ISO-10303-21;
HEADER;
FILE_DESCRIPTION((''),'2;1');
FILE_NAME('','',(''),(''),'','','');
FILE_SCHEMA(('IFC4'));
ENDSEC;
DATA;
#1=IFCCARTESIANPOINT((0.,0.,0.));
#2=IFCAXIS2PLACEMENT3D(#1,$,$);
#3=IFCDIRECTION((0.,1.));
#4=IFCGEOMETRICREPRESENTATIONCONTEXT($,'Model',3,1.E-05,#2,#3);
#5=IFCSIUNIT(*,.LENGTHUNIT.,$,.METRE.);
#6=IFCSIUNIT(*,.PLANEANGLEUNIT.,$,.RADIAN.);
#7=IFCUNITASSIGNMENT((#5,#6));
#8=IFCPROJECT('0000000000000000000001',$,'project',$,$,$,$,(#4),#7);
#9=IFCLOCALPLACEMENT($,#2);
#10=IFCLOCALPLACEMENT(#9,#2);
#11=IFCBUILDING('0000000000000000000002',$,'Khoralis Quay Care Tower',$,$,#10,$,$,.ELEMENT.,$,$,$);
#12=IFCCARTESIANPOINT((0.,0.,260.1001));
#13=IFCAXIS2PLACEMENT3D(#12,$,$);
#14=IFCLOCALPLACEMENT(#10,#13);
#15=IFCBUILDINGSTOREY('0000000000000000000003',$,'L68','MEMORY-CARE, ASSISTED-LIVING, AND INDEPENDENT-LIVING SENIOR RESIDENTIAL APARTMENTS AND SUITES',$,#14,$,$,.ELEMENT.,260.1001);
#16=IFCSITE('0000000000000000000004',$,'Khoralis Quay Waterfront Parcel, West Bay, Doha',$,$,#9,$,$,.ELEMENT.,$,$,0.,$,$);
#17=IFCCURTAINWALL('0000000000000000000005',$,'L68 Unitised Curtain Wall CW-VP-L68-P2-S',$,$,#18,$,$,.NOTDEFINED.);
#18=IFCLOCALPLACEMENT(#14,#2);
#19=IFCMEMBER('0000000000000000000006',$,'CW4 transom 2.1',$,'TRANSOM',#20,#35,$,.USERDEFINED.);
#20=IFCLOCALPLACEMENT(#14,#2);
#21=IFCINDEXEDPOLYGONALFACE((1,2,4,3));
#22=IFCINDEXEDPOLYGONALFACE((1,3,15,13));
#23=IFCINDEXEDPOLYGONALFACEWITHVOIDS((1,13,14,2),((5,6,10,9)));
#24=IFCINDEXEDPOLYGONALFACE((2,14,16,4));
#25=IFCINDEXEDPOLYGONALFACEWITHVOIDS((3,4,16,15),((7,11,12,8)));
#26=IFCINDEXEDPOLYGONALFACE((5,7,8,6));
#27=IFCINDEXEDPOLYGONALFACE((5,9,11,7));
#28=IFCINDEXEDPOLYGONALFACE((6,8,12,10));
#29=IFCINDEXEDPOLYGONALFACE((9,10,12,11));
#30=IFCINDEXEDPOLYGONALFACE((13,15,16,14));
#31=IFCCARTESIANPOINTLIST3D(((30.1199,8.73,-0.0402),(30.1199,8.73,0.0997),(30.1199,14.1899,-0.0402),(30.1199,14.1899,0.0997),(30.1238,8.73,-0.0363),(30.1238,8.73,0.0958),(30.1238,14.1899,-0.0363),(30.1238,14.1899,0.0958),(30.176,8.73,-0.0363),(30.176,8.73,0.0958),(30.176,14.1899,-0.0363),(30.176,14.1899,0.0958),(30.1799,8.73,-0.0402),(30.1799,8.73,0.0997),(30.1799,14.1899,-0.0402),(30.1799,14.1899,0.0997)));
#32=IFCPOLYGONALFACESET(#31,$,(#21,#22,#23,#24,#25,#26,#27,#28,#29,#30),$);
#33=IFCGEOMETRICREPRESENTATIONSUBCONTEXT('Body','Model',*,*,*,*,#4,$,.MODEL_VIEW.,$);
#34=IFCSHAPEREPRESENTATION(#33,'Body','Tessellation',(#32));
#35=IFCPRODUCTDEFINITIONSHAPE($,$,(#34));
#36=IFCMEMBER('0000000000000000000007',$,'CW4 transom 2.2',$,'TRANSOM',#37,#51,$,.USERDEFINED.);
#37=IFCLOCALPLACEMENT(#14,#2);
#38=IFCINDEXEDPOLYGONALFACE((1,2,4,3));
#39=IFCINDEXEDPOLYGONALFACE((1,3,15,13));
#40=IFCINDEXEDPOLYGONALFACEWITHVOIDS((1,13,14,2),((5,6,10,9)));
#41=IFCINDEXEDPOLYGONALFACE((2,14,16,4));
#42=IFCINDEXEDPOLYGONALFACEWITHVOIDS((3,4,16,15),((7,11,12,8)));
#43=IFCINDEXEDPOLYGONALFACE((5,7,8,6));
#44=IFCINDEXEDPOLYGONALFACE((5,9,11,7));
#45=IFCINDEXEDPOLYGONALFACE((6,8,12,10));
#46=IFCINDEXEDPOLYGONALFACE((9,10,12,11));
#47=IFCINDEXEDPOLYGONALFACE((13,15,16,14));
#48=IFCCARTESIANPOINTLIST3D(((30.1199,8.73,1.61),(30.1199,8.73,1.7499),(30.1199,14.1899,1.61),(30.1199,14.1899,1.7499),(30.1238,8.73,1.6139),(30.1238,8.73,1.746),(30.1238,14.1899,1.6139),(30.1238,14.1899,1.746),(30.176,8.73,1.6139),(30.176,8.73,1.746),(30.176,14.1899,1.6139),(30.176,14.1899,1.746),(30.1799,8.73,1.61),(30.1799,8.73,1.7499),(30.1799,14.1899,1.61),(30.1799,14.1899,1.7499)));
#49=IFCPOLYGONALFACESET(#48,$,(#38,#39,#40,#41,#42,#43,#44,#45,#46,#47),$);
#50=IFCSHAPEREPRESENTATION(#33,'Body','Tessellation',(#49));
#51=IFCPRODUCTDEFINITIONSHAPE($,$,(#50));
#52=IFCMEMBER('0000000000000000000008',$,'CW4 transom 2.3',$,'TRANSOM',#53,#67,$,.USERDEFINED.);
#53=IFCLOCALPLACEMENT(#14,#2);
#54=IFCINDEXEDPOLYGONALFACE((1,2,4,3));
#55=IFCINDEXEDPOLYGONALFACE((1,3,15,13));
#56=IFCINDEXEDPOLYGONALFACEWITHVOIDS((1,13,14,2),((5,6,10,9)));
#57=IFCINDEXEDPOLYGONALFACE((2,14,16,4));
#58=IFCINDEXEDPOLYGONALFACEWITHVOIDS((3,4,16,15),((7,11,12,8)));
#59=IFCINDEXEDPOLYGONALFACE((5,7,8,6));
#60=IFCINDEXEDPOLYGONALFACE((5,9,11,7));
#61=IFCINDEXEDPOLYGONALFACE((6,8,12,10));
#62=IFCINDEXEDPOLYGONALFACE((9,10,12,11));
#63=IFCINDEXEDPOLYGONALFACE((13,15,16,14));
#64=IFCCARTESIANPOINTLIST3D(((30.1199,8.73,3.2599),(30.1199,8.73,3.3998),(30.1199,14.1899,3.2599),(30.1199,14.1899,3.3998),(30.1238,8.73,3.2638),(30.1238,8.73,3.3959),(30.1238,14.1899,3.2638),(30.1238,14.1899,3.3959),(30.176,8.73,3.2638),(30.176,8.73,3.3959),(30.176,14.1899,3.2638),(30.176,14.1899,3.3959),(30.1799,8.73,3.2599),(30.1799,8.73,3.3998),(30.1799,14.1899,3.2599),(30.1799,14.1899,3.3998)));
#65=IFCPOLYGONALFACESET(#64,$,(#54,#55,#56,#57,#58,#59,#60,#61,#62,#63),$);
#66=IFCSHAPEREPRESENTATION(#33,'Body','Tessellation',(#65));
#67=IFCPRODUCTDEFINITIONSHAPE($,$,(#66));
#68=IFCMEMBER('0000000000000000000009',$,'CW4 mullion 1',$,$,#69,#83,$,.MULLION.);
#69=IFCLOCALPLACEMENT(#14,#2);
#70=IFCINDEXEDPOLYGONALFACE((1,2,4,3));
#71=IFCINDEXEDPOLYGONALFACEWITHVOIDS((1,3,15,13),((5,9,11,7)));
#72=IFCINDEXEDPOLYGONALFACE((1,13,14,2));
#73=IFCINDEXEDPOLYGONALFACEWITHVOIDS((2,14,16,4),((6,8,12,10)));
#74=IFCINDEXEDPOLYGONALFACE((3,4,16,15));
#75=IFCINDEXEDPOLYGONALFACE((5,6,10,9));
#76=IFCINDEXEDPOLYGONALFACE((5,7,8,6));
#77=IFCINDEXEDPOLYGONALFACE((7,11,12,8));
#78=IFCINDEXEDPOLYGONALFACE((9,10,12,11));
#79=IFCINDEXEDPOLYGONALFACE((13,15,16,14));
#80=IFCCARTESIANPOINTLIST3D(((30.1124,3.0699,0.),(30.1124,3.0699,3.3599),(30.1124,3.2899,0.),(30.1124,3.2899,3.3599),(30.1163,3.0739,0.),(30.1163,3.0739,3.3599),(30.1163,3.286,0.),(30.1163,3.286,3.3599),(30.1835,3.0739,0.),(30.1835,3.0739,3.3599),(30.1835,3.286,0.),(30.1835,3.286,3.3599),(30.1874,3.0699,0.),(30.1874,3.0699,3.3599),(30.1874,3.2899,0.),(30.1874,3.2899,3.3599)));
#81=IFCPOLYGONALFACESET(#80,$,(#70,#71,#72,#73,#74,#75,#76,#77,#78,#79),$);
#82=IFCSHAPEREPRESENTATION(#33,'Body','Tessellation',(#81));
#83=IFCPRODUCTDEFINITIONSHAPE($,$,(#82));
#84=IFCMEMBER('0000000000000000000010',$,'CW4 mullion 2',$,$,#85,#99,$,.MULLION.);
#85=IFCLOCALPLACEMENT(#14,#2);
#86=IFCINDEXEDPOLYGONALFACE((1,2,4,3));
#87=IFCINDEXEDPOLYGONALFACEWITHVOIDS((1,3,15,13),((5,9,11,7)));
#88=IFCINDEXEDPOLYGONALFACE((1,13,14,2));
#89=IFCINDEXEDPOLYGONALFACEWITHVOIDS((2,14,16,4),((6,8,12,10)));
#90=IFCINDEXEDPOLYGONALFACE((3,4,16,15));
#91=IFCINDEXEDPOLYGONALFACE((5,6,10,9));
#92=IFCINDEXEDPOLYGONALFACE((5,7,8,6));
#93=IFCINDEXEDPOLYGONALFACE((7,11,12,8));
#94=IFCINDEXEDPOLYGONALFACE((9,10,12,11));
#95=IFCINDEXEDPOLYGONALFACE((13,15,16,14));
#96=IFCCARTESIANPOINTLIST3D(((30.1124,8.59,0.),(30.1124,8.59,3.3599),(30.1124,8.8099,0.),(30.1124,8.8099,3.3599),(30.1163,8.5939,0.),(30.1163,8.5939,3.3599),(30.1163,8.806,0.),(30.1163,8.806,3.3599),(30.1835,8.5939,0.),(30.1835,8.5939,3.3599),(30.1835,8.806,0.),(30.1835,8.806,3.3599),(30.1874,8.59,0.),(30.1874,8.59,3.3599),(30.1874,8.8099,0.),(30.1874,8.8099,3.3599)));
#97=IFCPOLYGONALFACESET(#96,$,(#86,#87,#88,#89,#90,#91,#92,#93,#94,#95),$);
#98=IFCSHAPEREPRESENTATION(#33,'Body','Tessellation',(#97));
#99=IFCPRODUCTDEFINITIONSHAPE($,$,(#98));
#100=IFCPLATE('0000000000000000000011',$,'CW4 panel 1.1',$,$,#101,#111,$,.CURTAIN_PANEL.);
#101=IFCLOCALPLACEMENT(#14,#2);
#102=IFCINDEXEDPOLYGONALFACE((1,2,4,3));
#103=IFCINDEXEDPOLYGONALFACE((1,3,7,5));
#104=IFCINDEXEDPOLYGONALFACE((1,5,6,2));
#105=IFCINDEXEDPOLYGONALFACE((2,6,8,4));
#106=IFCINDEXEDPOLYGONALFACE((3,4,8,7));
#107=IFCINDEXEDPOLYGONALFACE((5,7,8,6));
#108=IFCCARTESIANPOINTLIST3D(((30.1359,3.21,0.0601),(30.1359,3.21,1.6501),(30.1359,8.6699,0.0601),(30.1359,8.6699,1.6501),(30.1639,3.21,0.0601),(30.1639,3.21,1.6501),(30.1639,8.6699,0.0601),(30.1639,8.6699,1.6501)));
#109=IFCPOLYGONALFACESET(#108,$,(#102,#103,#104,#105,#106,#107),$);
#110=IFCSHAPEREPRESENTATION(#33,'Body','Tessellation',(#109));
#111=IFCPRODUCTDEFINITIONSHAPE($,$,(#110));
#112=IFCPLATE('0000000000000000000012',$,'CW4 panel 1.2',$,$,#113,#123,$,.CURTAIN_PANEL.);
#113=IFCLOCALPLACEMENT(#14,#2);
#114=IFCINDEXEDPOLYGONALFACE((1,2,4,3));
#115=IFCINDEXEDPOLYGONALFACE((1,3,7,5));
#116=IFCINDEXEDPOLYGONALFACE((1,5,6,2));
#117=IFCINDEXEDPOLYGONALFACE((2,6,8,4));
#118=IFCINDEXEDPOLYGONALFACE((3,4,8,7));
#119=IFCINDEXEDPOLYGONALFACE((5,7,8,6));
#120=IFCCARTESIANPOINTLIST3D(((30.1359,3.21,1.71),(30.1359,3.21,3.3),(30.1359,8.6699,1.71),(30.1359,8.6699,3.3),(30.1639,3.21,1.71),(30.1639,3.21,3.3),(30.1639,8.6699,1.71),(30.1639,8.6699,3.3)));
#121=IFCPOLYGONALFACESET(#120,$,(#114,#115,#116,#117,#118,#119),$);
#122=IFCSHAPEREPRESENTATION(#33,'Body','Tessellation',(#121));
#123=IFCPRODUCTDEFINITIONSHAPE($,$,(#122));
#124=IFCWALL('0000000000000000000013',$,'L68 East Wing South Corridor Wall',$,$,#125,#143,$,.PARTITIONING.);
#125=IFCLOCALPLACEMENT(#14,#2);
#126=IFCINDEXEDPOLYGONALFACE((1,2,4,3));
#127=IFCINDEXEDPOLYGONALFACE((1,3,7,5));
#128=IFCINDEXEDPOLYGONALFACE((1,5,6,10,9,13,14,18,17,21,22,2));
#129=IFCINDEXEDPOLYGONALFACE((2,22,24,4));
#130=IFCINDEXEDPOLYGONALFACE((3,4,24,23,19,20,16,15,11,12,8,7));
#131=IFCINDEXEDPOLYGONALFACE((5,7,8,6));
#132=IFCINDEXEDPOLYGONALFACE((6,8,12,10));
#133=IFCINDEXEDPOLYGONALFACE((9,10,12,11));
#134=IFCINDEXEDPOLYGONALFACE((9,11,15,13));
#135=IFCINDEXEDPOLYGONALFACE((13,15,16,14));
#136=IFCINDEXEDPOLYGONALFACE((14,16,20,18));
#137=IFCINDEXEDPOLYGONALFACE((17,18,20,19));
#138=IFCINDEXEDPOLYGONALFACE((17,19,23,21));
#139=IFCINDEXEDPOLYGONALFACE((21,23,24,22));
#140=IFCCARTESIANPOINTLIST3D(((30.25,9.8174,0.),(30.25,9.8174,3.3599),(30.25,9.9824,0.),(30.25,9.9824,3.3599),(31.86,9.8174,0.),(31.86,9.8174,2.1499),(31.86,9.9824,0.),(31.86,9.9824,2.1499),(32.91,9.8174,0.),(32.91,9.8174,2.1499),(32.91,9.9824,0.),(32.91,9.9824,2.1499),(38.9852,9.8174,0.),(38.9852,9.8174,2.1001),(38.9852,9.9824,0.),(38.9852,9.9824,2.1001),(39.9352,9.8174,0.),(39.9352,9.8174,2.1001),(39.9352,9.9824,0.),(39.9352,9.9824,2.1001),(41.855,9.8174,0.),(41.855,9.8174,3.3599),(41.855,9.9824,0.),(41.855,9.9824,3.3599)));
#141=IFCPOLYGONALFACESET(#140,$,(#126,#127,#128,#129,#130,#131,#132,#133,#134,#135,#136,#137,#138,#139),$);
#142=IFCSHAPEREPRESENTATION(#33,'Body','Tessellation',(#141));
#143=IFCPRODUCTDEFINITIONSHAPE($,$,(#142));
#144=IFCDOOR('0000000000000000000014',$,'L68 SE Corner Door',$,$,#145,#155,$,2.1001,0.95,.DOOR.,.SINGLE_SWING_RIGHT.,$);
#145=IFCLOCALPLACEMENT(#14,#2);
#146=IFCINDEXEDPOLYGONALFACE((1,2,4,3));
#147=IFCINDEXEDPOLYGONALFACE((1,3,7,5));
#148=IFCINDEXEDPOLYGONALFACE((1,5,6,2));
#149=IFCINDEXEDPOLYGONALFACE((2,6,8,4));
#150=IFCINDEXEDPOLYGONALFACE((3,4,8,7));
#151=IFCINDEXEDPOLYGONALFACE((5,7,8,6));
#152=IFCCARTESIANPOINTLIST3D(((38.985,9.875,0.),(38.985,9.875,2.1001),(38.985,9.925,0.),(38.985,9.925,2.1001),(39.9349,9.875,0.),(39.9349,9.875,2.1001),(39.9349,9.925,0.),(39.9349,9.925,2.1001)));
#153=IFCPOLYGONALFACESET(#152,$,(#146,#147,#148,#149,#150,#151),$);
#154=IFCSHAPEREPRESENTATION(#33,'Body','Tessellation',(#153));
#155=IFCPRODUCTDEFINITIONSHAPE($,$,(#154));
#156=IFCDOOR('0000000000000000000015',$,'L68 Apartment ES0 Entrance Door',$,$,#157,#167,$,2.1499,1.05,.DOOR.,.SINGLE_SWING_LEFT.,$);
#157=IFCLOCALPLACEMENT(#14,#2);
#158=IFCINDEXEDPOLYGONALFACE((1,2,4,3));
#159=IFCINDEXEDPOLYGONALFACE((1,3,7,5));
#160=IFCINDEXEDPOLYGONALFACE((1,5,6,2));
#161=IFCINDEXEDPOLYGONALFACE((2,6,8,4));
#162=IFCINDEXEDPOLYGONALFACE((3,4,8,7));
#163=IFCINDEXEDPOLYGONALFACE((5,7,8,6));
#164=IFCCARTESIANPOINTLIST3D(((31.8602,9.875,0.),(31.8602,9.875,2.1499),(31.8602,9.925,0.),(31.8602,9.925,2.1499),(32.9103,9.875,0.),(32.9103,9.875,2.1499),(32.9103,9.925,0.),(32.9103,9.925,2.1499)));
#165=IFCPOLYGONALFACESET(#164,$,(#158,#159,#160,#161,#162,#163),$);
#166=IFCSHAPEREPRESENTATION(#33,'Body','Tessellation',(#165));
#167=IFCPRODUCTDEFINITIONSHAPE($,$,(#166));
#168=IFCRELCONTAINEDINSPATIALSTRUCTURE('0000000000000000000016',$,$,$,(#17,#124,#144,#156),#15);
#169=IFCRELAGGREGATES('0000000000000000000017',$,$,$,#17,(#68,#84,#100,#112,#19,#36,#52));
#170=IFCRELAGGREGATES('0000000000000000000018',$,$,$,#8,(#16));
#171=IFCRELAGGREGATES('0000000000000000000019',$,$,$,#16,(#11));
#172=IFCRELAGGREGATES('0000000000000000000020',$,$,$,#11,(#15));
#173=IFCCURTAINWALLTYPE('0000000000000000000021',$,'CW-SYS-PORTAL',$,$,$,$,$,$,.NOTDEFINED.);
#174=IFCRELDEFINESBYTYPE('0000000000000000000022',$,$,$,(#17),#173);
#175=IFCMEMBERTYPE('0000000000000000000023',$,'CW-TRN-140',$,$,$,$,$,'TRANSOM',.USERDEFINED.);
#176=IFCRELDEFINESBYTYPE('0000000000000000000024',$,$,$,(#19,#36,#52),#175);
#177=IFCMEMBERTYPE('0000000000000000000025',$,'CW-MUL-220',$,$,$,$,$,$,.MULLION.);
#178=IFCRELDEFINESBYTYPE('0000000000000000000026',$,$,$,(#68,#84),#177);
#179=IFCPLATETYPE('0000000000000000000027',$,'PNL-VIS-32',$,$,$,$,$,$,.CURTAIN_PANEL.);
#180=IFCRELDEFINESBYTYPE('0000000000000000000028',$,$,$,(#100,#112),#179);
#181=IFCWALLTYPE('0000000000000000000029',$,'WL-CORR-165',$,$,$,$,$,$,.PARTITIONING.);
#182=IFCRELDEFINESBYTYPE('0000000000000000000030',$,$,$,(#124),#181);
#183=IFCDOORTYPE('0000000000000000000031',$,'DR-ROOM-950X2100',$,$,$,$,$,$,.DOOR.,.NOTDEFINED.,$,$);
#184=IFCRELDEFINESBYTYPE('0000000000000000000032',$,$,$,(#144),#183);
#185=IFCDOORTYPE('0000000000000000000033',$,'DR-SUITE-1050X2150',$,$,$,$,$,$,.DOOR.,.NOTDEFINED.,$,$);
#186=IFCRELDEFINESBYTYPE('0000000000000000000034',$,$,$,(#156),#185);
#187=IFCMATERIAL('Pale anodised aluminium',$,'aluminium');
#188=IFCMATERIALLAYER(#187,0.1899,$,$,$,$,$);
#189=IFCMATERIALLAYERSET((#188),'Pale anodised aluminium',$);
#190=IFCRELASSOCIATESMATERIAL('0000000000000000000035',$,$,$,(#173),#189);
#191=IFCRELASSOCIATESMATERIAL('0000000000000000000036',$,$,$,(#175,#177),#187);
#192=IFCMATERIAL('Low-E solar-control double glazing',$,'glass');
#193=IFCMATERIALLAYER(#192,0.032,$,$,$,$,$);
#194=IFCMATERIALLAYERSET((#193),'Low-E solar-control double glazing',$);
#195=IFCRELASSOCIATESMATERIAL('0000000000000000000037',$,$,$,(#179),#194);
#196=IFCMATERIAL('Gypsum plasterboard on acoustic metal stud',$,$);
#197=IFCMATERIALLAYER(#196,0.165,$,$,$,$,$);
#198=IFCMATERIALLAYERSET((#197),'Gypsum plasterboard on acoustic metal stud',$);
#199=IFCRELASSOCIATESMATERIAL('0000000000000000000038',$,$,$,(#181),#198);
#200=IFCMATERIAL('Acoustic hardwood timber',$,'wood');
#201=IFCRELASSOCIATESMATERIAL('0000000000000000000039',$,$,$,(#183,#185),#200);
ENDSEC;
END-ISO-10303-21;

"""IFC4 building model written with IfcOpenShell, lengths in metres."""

from ifc_helpers import new_model, si_unit, direction, frame, frame_2d, origin, origin_2d, place, context, subcontext, project, spatial, rectangle, hollow_rectangle, extrude, source, transform, mapped, material, layer, layer_set, material_profile, profile_set, type_object, element, fill, aggregate, save


model = new_model("IFC4")

# Units and contexts
model_context = context("Model", 3, precision=1e-05, world=origin(), true_north=direction((0.0, 1.0)))
body_context = subcontext(model_context, "Body", "Model", "MODEL_VIEW")
ifc_project = project(units=[si_unit("LENGTHUNIT", "METRE"), si_unit("PLANEANGLEUNIT", "RADIAN")], contexts=[model_context])

# Site, building, storey
site_placement = place(None, origin())
site = spatial("IfcSite", under=ifc_project, at=site_placement, Name="Khoralis Quay Waterfront Parcel, West Bay, Doha", CompositionType="ELEMENT", RefElevation=0.0)
building_placement = place(site_placement, origin())
building = spatial("IfcBuilding", under=site, at=building_placement, Name="Khoralis Quay Care Tower", CompositionType="ELEMENT")
storey_placement = place(building_placement, frame((0.0, 0.0, 260.1001)))
storey = spatial("IfcBuildingStorey", under=building, at=storey_placement, Name="L68", Description="MEMORY-CARE, ASSISTED-LIVING, AND INDEPENDENT-LIVING SENIOR RESIDENTIAL APARTMENTS AND SUITES", CompositionType="ELEMENT", Elevation=260.1001)

# Curtain wall, members, plates
ifc_material_1 = material(Name="Pale anodised aluminium", Category="aluminium")
ifc_layer_1 = layer(ifc_material_1, 0.1899)
ifc_layer_set_1 = layer_set([ifc_layer_1], Name="Pale anodised aluminium")
curtain_wall_type = type_object("IfcCurtainWallType", Name="CW-SYS-PORTAL", PredefinedType="NOTDEFINED", material=ifc_layer_set_1)
curtain_wall_placement = place(storey_placement, origin())
curtain_wall = element("IfcCurtainWall", 1, at=curtain_wall_placement, inside=storey, type_object=curtain_wall_type, Name="L68 Unitised Curtain Wall CW-VP-L68-P2-S", PredefinedType="NOTDEFINED")
ifc_material_profile_1 = material_profile(ifc_material_1, hollow_rectangle(XDim=0.0601, YDim=0.1399, WallThickness=0.0039, at=origin_2d()), Name="Pale anodised aluminium")
ifc_profile_set_1 = profile_set([ifc_material_profile_1], Name="Pale anodised aluminium")
member_type_1 = type_object("IfcMemberType", Name="CW-TRN-140", ElementType="TRANSOM", PredefinedType="USERDEFINED", material=ifc_profile_set_1)
shared_shape_1 = source(origin(), body_context, "Body", "SweptSolid", [
    extrude(hollow_rectangle(XDim=0.0601, YDim=0.1399, WallThickness=0.0039, at=origin_2d()), origin(), (0.0, 0.0, 1.0), 5.46),
])
member_1_placement = place(storey_placement, frame((30.1499, 8.73, 0.0298), z_axis=(0.0, 1.0, 0.0), x_axis=(-1.0, 0.0, 0.0)))
member_1 = element("IfcMember", 2, at=member_1_placement, type_object=member_type_1, Name="CW4 transom 2.1", ObjectType="TRANSOM", PredefinedType="USERDEFINED", context=body_context, shape_type="MappedRepresentation", body=[
    mapped(shared_shape_1, transform((0.0, 0.0, 0.0), scale=1.0)),
])
member_2_placement = place(storey_placement, frame((30.1499, 8.73, 1.6799), z_axis=(0.0, 1.0, 0.0), x_axis=(-1.0, 0.0, 0.0)))
member_2 = element("IfcMember", 3, at=member_2_placement, type_object=member_type_1, Name="CW4 transom 2.2", ObjectType="TRANSOM", PredefinedType="USERDEFINED", context=body_context, shape_type="MappedRepresentation", body=[
    mapped(shared_shape_1, transform((0.0, 0.0, 0.0), scale=1.0)),
])
member_3_placement = place(storey_placement, frame((30.1499, 8.73, 3.3298), z_axis=(0.0, 1.0, 0.0), x_axis=(-1.0, 0.0, 0.0)))
member_3 = element("IfcMember", 4, at=member_3_placement, type_object=member_type_1, Name="CW4 transom 2.3", ObjectType="TRANSOM", PredefinedType="USERDEFINED", context=body_context, shape_type="MappedRepresentation", body=[
    mapped(shared_shape_1, transform((0.0, 0.0, 0.0), scale=1.0)),
])
ifc_material_profile_2 = material_profile(ifc_material_1, hollow_rectangle(XDim=0.075, YDim=0.22, WallThickness=0.0039, at=origin_2d()), Name="Pale anodised aluminium")
ifc_profile_set_2 = profile_set([ifc_material_profile_2], Name="Pale anodised aluminium")
member_type_2 = type_object("IfcMemberType", Name="CW-MUL-220", PredefinedType="MULLION", material=ifc_profile_set_2)
shared_shape_2 = source(origin(), body_context, "Body", "SweptSolid", [
    extrude(hollow_rectangle(XDim=0.075, YDim=0.22, WallThickness=0.0039, at=origin_2d()), origin(), (0.0, 0.0, 1.0), 3.3599),
])
member_4_placement = place(storey_placement, frame((30.1499, 3.1799, 0.0), z_axis=(0.0, 0.0, 1.0), x_axis=(-1.0, 0.0, 0.0)))
member_4 = element("IfcMember", 5, at=member_4_placement, type_object=member_type_2, Name="CW4 mullion 1", PredefinedType="MULLION", context=body_context, shape_type="MappedRepresentation", body=[
    mapped(shared_shape_2, transform((0.0, 0.0, 0.0), scale=1.0)),
])
member_5_placement = place(storey_placement, frame((30.1499, 8.7, 0.0), z_axis=(0.0, 0.0, 1.0), x_axis=(-1.0, 0.0, 0.0)))
member_5 = element("IfcMember", 6, at=member_5_placement, type_object=member_type_2, Name="CW4 mullion 2", PredefinedType="MULLION", context=body_context, shape_type="MappedRepresentation", body=[
    mapped(shared_shape_2, transform((0.0, 0.0, 0.0), scale=1.0)),
])
ifc_material_2 = material(Name="Low-E solar-control double glazing", Category="glass")
ifc_layer_2 = layer(ifc_material_2, 0.032)
ifc_layer_set_2 = layer_set([ifc_layer_2], Name="Low-E solar-control double glazing")
plate_type = type_object("IfcPlateType", Name="PNL-VIS-32", PredefinedType="CURTAIN_PANEL", material=ifc_layer_set_2)
shared_shape_3 = source(origin(), body_context, "Body", "SweptSolid", [
    extrude(rectangle(XDim=5.46, YDim=0.0281, at=origin_2d()), origin(), (0.0, 0.0, 1.0), 1.5901),
])
plate_1_placement = place(storey_placement, frame((30.1499, 5.9399, 0.0601), z_axis=(0.0, 0.0, 1.0), x_axis=(0.0, 1.0, 0.0)))
plate_1 = element("IfcPlate", 7, at=plate_1_placement, type_object=plate_type, Name="CW4 panel 1.1", PredefinedType="CURTAIN_PANEL", context=body_context, shape_type="MappedRepresentation", body=[
    mapped(shared_shape_3, transform((0.0, 0.0, 0.0), scale=1.0)),
])
plate_2_placement = place(storey_placement, frame((30.1499, 5.9399, 1.71), z_axis=(0.0, 0.0, 1.0), x_axis=(0.0, 1.0, 0.0)))
plate_2 = element("IfcPlate", 8, at=plate_2_placement, type_object=plate_type, Name="CW4 panel 1.2", PredefinedType="CURTAIN_PANEL", context=body_context, shape_type="MappedRepresentation", body=[
    mapped(shared_shape_3, transform((0.0, 0.0, 0.0), scale=1.0)),
])
aggregate(curtain_wall, [member_4, member_5, plate_1, plate_2, member_1, member_2, member_3])

# Wall, openings, doors
ifc_material_3 = material(Name="Gypsum plasterboard on acoustic metal stud")
ifc_layer_3 = layer(ifc_material_3, 0.165)
ifc_layer_set_3 = layer_set([ifc_layer_3], Name="Gypsum plasterboard on acoustic metal stud")
wall_type_1 = type_object("IfcWallType", Name="WL-CORR-165", PredefinedType="PARTITIONING", material=ifc_layer_set_3)
wall_1_placement = place(storey_placement, frame((30.25, 9.8999, 0.0), z_axis=(0.0, 0.0, 1.0), x_axis=(1.0, 0.0, 0.0)))
wall_1 = element("IfcWall", 9, at=wall_1_placement, inside=storey, type_object=wall_type_1, Name="L68 East Wing South Corridor Wall", PredefinedType="PARTITIONING", context=body_context, shape_type="SweptSolid", body=[
    extrude(rectangle(XDim=11.605, YDim=0.165, at=frame_2d((5.8025, 0.0))), origin(), (0.0, 0.0, 1.0), 3.3599),
])
opening_1_placement = place(wall_1_placement, frame((1.6101, 0.0, 0.0)))
opening_1 = element("IfcOpeningElement", 10, at=opening_1_placement, cuts=wall_1, PredefinedType="OPENING", context=body_context, shape_type="SweptSolid", body=[
    extrude(rectangle(XDim=1.05, YDim=2.1499, at=frame_2d((0.5249, 1.075))), frame((0.0, 0.0925, 0.0), z_axis=(0.0, -1.0, 0.0), x_axis=(1.0, 0.0, 0.0)), (0.0, 0.0, 1.0), 0.1851),
])
opening_2_placement = place(wall_1_placement, frame((8.7351, 0.0, 0.0)))
opening_2 = element("IfcOpeningElement", 11, at=opening_2_placement, cuts=wall_1, PredefinedType="OPENING", context=body_context, shape_type="SweptSolid", body=[
    extrude(rectangle(XDim=0.95, YDim=2.1001, at=frame_2d((0.4751, 1.05))), frame((0.0, 0.0925, 0.0), z_axis=(0.0, -1.0, 0.0), x_axis=(1.0, 0.0, 0.0)), (0.0, 0.0, 1.0), 0.1851),
])
ifc_material_4 = material(Name="Acoustic hardwood timber", Category="wood")
door_type_1 = type_object("IfcDoorType", Name="DR-ROOM-950X2100", OperationType="NOTDEFINED", PredefinedType="DOOR", material=ifc_material_4)
shared_shape_4 = source(origin(), body_context, "Body", "SweptSolid", [
    extrude(rectangle(XDim=0.95, YDim=2.1001, at=frame_2d((0.4751, 1.05))), frame((0.0, 0.0249, 0.0), z_axis=(0.0, -1.0, 0.0), x_axis=(1.0, 0.0, 0.0)), (0.0, 0.0, 1.0), 0.05),
])
door_1_placement = place(opening_2_placement, frame((0.95, 0.0, 0.0), z_axis=(0.0, 0.0, 1.0), x_axis=(-1.0, 0.0, 0.0)))
door_1 = element("IfcDoor", 12, at=door_1_placement, inside=storey, type_object=door_type_1, Name="L68 SE Corner Door", OperationType="SINGLE_SWING_RIGHT", OverallHeight=2.1001, OverallWidth=0.95, PredefinedType="DOOR", context=body_context, shape_type="MappedRepresentation", body=[
    mapped(shared_shape_4, transform((0.0, 0.0, 0.0), scale=1.0)),
])
fill(opening_2, door_1)
door_type_2 = type_object("IfcDoorType", Name="DR-SUITE-1050X2150", OperationType="NOTDEFINED", PredefinedType="DOOR", material=ifc_material_4)
shared_shape_5 = source(origin(), body_context, "Body", "SweptSolid", [
    extrude(rectangle(XDim=1.05, YDim=2.1499, at=frame_2d((0.5249, 1.075))), frame((0.0, 0.0249, 0.0), z_axis=(0.0, -1.0, 0.0), x_axis=(1.0, 0.0, 0.0)), (0.0, 0.0, 1.0), 0.05),
])
door_2_placement = place(opening_1_placement, frame((1.05, 0.0, 0.0), z_axis=(0.0, 0.0, 1.0), x_axis=(-1.0, 0.0, 0.0)))
door_2 = element("IfcDoor", 13, at=door_2_placement, inside=storey, type_object=door_type_2, Name="L68 Apartment ES0 Entrance Door", OperationType="SINGLE_SWING_LEFT", OverallHeight=2.1499, OverallWidth=1.05, PredefinedType="DOOR", context=body_context, shape_type="MappedRepresentation", body=[
    mapped(shared_shape_5, transform((0.0, 0.0, 0.0), scale=1.0)),
])
fill(opening_1, door_2)

save(model, "model.ifc")
